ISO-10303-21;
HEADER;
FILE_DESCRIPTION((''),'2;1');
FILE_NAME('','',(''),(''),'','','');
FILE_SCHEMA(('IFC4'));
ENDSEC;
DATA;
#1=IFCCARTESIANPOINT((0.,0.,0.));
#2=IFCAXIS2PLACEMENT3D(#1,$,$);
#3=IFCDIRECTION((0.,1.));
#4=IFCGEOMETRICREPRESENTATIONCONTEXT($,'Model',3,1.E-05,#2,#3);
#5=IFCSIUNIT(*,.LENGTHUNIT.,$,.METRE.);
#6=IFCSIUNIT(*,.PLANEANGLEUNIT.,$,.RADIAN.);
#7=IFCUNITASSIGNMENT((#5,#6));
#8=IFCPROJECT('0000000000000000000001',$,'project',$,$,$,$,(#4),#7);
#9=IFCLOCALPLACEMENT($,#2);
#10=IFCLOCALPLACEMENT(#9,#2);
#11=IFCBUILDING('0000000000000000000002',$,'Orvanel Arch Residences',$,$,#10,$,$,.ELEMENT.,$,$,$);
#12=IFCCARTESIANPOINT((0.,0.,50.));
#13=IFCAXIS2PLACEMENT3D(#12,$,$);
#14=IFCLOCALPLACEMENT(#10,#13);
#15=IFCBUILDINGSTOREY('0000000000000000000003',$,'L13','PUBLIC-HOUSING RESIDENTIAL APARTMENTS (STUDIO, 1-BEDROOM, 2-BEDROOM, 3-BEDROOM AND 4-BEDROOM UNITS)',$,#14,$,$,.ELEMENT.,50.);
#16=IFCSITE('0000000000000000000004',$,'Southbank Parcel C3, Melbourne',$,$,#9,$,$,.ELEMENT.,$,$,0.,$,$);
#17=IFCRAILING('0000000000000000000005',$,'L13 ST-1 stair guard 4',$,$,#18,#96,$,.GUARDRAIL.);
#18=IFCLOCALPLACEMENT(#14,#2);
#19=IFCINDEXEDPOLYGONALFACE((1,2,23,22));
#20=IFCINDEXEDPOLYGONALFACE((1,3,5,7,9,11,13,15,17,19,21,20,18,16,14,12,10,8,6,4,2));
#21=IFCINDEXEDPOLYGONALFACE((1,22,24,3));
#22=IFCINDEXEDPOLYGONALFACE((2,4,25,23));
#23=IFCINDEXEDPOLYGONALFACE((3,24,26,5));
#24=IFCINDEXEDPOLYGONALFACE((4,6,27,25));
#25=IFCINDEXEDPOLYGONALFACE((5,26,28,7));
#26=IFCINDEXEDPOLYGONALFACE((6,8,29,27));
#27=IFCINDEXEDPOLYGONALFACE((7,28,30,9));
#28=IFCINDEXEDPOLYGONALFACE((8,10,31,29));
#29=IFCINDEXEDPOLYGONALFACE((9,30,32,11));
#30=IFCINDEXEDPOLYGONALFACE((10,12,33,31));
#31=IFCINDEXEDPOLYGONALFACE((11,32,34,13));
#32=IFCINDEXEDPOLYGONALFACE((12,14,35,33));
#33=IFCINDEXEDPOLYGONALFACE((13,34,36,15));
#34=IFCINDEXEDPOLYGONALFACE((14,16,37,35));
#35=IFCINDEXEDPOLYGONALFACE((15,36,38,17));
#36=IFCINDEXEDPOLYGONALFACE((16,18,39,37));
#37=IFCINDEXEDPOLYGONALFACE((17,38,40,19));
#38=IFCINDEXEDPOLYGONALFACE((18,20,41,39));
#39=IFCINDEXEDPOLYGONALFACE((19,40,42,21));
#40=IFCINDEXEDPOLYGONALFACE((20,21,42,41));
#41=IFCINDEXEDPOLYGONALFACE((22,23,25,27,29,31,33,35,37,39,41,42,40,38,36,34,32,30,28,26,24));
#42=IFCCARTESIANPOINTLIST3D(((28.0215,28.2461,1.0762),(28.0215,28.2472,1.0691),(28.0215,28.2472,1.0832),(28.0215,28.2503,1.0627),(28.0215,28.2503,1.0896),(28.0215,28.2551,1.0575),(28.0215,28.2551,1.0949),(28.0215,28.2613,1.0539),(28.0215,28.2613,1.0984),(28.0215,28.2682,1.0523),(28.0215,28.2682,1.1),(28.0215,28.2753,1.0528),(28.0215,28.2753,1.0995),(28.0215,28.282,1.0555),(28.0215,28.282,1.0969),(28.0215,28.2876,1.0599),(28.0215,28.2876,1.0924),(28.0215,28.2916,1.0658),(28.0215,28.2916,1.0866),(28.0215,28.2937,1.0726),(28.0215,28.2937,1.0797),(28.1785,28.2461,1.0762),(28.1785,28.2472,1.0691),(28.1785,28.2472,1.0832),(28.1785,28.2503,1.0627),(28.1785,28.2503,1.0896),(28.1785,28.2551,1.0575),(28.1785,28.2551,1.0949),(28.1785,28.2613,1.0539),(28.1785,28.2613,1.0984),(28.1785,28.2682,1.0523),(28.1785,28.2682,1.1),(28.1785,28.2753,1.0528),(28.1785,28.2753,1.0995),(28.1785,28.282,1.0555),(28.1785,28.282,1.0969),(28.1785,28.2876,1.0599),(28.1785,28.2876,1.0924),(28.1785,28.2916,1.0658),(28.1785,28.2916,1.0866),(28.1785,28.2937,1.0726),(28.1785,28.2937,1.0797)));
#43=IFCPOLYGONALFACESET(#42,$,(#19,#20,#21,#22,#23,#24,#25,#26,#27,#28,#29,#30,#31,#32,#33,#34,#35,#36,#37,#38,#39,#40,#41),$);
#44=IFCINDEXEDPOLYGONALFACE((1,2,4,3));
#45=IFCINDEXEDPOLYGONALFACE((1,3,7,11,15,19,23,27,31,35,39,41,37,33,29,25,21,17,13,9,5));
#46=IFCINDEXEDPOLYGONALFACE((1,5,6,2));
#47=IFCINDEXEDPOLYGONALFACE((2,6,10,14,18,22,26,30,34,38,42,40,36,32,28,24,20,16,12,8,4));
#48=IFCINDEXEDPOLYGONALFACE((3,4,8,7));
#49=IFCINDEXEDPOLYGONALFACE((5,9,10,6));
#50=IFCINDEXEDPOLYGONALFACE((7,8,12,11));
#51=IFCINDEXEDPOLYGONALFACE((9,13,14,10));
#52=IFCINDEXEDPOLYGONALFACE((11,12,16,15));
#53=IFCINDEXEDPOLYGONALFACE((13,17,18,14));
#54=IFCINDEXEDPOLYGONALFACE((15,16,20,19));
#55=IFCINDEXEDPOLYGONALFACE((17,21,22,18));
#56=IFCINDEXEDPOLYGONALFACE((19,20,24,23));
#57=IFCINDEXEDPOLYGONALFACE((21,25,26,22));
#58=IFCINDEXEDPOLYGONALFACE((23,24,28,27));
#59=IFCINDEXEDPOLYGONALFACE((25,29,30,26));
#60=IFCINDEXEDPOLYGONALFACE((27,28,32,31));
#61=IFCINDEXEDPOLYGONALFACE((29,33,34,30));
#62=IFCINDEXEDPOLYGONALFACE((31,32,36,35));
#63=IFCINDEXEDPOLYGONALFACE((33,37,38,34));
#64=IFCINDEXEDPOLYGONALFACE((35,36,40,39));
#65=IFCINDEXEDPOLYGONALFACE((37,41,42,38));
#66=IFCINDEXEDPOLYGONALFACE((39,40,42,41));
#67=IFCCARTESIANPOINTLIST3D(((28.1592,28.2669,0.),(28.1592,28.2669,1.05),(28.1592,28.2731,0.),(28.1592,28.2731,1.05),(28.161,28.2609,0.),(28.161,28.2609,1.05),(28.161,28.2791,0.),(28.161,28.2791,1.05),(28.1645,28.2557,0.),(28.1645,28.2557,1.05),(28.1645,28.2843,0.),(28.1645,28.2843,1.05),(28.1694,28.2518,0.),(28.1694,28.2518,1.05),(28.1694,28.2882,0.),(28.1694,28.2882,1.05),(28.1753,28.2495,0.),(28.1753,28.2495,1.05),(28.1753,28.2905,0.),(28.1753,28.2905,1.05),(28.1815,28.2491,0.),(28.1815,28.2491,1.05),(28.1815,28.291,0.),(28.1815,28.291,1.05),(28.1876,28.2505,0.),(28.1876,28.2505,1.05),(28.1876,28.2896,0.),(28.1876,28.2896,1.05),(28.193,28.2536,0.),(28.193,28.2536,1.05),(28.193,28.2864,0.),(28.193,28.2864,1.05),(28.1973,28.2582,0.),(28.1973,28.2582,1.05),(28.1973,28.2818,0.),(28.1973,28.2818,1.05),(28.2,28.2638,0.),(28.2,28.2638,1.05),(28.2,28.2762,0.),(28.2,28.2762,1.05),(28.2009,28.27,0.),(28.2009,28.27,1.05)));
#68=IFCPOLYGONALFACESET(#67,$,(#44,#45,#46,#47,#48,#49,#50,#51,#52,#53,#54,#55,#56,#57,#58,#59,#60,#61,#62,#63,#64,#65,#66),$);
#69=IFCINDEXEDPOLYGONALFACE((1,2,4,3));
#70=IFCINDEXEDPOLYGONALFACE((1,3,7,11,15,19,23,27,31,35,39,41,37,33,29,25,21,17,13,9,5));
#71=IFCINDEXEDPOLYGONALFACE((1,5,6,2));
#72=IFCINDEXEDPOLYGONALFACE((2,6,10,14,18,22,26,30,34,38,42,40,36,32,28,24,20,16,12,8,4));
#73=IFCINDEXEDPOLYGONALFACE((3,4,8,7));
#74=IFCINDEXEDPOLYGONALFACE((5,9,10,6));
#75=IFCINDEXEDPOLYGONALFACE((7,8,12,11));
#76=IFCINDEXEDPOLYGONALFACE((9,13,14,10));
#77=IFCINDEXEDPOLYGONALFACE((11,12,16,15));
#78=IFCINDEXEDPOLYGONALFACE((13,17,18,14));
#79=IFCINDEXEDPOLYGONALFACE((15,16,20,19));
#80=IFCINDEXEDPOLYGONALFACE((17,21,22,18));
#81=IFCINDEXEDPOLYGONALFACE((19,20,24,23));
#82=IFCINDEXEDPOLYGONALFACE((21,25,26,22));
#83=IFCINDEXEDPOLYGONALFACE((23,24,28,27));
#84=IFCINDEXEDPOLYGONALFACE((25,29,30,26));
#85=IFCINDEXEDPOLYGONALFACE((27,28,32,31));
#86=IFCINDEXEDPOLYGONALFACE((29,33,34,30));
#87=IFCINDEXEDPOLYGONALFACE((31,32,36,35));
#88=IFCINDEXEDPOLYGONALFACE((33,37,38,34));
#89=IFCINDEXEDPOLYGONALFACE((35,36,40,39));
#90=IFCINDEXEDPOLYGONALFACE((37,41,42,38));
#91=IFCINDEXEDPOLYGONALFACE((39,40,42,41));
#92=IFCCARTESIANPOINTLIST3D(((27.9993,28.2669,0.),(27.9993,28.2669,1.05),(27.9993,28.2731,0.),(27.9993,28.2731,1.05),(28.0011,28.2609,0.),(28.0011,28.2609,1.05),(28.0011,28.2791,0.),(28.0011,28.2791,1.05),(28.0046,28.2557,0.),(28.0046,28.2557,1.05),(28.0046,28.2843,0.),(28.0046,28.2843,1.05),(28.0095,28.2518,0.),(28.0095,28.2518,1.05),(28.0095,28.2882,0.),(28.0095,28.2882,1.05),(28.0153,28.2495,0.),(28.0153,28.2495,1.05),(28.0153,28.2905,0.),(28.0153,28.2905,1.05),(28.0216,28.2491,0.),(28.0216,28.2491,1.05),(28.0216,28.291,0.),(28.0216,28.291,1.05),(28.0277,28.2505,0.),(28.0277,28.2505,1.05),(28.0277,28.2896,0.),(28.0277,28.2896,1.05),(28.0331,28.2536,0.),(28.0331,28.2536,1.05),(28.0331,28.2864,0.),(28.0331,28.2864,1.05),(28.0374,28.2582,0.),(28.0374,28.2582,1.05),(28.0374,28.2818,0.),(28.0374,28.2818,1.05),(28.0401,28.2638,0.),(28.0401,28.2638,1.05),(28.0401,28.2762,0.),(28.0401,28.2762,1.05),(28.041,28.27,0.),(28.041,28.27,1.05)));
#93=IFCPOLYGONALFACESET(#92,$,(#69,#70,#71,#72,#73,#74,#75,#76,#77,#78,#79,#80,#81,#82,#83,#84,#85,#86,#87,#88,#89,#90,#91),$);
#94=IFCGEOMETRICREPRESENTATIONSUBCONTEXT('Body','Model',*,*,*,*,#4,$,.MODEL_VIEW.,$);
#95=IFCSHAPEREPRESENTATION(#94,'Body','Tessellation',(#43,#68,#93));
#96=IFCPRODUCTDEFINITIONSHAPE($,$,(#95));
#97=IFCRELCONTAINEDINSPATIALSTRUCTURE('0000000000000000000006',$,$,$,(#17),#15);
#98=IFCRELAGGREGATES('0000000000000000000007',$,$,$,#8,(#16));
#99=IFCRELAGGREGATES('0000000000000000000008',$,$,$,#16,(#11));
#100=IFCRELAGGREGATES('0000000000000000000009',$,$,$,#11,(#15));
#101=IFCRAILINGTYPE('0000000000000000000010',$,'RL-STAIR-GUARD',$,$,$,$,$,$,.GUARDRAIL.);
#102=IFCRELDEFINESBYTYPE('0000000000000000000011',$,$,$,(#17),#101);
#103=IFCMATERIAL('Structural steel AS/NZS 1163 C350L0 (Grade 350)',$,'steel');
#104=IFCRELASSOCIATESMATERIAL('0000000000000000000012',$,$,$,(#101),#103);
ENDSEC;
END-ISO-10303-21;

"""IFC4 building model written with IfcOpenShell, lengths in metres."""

from ifc_helpers import new_model, si_unit, direction, frame, origin, origin_2d, place, context, subcontext, project, spatial, circle, extrude, material, type_object, element, save


model = new_model("IFC4")

# Units and contexts
model_context = context("Model", 3, precision=1e-05, world=origin(), true_north=direction((0.0, 1.0)))
body_context = subcontext(model_context, "Body", "Model", "MODEL_VIEW")
ifc_project = project(units=[si_unit("LENGTHUNIT", "METRE"), si_unit("PLANEANGLEUNIT", "RADIAN")], contexts=[model_context])

# Site, building, storey
site_placement = place(None, origin())
site = spatial("IfcSite", under=ifc_project, at=site_placement, Name="Southbank Parcel C3, Melbourne", CompositionType="ELEMENT", RefElevation=0.0)
building_placement = place(site_placement, origin())
building = spatial("IfcBuilding", under=site, at=building_placement, Name="Orvanel Arch Residences", CompositionType="ELEMENT")
storey_placement = place(building_placement, frame((0.0, 0.0, 50.0)))
storey = spatial("IfcBuildingStorey", under=building, at=storey_placement, Name="L13", Description="PUBLIC-HOUSING RESIDENTIAL APARTMENTS (STUDIO, 1-BEDROOM, 2-BEDROOM, 3-BEDROOM AND 4-BEDROOM UNITS)", CompositionType="ELEMENT", Elevation=50.0)

# Railing
ifc_material_1 = material(Name="Structural steel AS/NZS 1163 C350L0 (Grade 350)", Category="steel")
railing_type_1 = type_object("IfcRailingType", Name="RL-STAIR-GUARD", PredefinedType="GUARDRAIL", material=ifc_material_1)
railing_1_placement = place(storey_placement, frame((28.1799, 28.27, 0.0)))
element("IfcRailing", 1, at=railing_1_placement, inside=storey, type_object=railing_type_1, Name="L13 ST-1 stair guard 4", PredefinedType="GUARDRAIL", context=body_context, shape_type="SweptSolid", body=[
    extrude(circle(Radius=0.0239, at=origin_2d()), frame((-0.0015, 0.0, 1.0762), z_axis=(-1.0, 0.0, 0.0), x_axis=(0.0, -1.0, 0.0)), (0.0, 0.0, 1.0), 0.157),
    extrude(circle(Radius=0.021, at=origin_2d()), origin(), (0.0, 0.0, 1.0), 1.05),
    extrude(circle(Radius=0.021, at=origin_2d()), frame((-0.1599, 0.0, 0.0)), (0.0, 0.0, 1.0), 1.05),
])

save(model, "model.ifc")
